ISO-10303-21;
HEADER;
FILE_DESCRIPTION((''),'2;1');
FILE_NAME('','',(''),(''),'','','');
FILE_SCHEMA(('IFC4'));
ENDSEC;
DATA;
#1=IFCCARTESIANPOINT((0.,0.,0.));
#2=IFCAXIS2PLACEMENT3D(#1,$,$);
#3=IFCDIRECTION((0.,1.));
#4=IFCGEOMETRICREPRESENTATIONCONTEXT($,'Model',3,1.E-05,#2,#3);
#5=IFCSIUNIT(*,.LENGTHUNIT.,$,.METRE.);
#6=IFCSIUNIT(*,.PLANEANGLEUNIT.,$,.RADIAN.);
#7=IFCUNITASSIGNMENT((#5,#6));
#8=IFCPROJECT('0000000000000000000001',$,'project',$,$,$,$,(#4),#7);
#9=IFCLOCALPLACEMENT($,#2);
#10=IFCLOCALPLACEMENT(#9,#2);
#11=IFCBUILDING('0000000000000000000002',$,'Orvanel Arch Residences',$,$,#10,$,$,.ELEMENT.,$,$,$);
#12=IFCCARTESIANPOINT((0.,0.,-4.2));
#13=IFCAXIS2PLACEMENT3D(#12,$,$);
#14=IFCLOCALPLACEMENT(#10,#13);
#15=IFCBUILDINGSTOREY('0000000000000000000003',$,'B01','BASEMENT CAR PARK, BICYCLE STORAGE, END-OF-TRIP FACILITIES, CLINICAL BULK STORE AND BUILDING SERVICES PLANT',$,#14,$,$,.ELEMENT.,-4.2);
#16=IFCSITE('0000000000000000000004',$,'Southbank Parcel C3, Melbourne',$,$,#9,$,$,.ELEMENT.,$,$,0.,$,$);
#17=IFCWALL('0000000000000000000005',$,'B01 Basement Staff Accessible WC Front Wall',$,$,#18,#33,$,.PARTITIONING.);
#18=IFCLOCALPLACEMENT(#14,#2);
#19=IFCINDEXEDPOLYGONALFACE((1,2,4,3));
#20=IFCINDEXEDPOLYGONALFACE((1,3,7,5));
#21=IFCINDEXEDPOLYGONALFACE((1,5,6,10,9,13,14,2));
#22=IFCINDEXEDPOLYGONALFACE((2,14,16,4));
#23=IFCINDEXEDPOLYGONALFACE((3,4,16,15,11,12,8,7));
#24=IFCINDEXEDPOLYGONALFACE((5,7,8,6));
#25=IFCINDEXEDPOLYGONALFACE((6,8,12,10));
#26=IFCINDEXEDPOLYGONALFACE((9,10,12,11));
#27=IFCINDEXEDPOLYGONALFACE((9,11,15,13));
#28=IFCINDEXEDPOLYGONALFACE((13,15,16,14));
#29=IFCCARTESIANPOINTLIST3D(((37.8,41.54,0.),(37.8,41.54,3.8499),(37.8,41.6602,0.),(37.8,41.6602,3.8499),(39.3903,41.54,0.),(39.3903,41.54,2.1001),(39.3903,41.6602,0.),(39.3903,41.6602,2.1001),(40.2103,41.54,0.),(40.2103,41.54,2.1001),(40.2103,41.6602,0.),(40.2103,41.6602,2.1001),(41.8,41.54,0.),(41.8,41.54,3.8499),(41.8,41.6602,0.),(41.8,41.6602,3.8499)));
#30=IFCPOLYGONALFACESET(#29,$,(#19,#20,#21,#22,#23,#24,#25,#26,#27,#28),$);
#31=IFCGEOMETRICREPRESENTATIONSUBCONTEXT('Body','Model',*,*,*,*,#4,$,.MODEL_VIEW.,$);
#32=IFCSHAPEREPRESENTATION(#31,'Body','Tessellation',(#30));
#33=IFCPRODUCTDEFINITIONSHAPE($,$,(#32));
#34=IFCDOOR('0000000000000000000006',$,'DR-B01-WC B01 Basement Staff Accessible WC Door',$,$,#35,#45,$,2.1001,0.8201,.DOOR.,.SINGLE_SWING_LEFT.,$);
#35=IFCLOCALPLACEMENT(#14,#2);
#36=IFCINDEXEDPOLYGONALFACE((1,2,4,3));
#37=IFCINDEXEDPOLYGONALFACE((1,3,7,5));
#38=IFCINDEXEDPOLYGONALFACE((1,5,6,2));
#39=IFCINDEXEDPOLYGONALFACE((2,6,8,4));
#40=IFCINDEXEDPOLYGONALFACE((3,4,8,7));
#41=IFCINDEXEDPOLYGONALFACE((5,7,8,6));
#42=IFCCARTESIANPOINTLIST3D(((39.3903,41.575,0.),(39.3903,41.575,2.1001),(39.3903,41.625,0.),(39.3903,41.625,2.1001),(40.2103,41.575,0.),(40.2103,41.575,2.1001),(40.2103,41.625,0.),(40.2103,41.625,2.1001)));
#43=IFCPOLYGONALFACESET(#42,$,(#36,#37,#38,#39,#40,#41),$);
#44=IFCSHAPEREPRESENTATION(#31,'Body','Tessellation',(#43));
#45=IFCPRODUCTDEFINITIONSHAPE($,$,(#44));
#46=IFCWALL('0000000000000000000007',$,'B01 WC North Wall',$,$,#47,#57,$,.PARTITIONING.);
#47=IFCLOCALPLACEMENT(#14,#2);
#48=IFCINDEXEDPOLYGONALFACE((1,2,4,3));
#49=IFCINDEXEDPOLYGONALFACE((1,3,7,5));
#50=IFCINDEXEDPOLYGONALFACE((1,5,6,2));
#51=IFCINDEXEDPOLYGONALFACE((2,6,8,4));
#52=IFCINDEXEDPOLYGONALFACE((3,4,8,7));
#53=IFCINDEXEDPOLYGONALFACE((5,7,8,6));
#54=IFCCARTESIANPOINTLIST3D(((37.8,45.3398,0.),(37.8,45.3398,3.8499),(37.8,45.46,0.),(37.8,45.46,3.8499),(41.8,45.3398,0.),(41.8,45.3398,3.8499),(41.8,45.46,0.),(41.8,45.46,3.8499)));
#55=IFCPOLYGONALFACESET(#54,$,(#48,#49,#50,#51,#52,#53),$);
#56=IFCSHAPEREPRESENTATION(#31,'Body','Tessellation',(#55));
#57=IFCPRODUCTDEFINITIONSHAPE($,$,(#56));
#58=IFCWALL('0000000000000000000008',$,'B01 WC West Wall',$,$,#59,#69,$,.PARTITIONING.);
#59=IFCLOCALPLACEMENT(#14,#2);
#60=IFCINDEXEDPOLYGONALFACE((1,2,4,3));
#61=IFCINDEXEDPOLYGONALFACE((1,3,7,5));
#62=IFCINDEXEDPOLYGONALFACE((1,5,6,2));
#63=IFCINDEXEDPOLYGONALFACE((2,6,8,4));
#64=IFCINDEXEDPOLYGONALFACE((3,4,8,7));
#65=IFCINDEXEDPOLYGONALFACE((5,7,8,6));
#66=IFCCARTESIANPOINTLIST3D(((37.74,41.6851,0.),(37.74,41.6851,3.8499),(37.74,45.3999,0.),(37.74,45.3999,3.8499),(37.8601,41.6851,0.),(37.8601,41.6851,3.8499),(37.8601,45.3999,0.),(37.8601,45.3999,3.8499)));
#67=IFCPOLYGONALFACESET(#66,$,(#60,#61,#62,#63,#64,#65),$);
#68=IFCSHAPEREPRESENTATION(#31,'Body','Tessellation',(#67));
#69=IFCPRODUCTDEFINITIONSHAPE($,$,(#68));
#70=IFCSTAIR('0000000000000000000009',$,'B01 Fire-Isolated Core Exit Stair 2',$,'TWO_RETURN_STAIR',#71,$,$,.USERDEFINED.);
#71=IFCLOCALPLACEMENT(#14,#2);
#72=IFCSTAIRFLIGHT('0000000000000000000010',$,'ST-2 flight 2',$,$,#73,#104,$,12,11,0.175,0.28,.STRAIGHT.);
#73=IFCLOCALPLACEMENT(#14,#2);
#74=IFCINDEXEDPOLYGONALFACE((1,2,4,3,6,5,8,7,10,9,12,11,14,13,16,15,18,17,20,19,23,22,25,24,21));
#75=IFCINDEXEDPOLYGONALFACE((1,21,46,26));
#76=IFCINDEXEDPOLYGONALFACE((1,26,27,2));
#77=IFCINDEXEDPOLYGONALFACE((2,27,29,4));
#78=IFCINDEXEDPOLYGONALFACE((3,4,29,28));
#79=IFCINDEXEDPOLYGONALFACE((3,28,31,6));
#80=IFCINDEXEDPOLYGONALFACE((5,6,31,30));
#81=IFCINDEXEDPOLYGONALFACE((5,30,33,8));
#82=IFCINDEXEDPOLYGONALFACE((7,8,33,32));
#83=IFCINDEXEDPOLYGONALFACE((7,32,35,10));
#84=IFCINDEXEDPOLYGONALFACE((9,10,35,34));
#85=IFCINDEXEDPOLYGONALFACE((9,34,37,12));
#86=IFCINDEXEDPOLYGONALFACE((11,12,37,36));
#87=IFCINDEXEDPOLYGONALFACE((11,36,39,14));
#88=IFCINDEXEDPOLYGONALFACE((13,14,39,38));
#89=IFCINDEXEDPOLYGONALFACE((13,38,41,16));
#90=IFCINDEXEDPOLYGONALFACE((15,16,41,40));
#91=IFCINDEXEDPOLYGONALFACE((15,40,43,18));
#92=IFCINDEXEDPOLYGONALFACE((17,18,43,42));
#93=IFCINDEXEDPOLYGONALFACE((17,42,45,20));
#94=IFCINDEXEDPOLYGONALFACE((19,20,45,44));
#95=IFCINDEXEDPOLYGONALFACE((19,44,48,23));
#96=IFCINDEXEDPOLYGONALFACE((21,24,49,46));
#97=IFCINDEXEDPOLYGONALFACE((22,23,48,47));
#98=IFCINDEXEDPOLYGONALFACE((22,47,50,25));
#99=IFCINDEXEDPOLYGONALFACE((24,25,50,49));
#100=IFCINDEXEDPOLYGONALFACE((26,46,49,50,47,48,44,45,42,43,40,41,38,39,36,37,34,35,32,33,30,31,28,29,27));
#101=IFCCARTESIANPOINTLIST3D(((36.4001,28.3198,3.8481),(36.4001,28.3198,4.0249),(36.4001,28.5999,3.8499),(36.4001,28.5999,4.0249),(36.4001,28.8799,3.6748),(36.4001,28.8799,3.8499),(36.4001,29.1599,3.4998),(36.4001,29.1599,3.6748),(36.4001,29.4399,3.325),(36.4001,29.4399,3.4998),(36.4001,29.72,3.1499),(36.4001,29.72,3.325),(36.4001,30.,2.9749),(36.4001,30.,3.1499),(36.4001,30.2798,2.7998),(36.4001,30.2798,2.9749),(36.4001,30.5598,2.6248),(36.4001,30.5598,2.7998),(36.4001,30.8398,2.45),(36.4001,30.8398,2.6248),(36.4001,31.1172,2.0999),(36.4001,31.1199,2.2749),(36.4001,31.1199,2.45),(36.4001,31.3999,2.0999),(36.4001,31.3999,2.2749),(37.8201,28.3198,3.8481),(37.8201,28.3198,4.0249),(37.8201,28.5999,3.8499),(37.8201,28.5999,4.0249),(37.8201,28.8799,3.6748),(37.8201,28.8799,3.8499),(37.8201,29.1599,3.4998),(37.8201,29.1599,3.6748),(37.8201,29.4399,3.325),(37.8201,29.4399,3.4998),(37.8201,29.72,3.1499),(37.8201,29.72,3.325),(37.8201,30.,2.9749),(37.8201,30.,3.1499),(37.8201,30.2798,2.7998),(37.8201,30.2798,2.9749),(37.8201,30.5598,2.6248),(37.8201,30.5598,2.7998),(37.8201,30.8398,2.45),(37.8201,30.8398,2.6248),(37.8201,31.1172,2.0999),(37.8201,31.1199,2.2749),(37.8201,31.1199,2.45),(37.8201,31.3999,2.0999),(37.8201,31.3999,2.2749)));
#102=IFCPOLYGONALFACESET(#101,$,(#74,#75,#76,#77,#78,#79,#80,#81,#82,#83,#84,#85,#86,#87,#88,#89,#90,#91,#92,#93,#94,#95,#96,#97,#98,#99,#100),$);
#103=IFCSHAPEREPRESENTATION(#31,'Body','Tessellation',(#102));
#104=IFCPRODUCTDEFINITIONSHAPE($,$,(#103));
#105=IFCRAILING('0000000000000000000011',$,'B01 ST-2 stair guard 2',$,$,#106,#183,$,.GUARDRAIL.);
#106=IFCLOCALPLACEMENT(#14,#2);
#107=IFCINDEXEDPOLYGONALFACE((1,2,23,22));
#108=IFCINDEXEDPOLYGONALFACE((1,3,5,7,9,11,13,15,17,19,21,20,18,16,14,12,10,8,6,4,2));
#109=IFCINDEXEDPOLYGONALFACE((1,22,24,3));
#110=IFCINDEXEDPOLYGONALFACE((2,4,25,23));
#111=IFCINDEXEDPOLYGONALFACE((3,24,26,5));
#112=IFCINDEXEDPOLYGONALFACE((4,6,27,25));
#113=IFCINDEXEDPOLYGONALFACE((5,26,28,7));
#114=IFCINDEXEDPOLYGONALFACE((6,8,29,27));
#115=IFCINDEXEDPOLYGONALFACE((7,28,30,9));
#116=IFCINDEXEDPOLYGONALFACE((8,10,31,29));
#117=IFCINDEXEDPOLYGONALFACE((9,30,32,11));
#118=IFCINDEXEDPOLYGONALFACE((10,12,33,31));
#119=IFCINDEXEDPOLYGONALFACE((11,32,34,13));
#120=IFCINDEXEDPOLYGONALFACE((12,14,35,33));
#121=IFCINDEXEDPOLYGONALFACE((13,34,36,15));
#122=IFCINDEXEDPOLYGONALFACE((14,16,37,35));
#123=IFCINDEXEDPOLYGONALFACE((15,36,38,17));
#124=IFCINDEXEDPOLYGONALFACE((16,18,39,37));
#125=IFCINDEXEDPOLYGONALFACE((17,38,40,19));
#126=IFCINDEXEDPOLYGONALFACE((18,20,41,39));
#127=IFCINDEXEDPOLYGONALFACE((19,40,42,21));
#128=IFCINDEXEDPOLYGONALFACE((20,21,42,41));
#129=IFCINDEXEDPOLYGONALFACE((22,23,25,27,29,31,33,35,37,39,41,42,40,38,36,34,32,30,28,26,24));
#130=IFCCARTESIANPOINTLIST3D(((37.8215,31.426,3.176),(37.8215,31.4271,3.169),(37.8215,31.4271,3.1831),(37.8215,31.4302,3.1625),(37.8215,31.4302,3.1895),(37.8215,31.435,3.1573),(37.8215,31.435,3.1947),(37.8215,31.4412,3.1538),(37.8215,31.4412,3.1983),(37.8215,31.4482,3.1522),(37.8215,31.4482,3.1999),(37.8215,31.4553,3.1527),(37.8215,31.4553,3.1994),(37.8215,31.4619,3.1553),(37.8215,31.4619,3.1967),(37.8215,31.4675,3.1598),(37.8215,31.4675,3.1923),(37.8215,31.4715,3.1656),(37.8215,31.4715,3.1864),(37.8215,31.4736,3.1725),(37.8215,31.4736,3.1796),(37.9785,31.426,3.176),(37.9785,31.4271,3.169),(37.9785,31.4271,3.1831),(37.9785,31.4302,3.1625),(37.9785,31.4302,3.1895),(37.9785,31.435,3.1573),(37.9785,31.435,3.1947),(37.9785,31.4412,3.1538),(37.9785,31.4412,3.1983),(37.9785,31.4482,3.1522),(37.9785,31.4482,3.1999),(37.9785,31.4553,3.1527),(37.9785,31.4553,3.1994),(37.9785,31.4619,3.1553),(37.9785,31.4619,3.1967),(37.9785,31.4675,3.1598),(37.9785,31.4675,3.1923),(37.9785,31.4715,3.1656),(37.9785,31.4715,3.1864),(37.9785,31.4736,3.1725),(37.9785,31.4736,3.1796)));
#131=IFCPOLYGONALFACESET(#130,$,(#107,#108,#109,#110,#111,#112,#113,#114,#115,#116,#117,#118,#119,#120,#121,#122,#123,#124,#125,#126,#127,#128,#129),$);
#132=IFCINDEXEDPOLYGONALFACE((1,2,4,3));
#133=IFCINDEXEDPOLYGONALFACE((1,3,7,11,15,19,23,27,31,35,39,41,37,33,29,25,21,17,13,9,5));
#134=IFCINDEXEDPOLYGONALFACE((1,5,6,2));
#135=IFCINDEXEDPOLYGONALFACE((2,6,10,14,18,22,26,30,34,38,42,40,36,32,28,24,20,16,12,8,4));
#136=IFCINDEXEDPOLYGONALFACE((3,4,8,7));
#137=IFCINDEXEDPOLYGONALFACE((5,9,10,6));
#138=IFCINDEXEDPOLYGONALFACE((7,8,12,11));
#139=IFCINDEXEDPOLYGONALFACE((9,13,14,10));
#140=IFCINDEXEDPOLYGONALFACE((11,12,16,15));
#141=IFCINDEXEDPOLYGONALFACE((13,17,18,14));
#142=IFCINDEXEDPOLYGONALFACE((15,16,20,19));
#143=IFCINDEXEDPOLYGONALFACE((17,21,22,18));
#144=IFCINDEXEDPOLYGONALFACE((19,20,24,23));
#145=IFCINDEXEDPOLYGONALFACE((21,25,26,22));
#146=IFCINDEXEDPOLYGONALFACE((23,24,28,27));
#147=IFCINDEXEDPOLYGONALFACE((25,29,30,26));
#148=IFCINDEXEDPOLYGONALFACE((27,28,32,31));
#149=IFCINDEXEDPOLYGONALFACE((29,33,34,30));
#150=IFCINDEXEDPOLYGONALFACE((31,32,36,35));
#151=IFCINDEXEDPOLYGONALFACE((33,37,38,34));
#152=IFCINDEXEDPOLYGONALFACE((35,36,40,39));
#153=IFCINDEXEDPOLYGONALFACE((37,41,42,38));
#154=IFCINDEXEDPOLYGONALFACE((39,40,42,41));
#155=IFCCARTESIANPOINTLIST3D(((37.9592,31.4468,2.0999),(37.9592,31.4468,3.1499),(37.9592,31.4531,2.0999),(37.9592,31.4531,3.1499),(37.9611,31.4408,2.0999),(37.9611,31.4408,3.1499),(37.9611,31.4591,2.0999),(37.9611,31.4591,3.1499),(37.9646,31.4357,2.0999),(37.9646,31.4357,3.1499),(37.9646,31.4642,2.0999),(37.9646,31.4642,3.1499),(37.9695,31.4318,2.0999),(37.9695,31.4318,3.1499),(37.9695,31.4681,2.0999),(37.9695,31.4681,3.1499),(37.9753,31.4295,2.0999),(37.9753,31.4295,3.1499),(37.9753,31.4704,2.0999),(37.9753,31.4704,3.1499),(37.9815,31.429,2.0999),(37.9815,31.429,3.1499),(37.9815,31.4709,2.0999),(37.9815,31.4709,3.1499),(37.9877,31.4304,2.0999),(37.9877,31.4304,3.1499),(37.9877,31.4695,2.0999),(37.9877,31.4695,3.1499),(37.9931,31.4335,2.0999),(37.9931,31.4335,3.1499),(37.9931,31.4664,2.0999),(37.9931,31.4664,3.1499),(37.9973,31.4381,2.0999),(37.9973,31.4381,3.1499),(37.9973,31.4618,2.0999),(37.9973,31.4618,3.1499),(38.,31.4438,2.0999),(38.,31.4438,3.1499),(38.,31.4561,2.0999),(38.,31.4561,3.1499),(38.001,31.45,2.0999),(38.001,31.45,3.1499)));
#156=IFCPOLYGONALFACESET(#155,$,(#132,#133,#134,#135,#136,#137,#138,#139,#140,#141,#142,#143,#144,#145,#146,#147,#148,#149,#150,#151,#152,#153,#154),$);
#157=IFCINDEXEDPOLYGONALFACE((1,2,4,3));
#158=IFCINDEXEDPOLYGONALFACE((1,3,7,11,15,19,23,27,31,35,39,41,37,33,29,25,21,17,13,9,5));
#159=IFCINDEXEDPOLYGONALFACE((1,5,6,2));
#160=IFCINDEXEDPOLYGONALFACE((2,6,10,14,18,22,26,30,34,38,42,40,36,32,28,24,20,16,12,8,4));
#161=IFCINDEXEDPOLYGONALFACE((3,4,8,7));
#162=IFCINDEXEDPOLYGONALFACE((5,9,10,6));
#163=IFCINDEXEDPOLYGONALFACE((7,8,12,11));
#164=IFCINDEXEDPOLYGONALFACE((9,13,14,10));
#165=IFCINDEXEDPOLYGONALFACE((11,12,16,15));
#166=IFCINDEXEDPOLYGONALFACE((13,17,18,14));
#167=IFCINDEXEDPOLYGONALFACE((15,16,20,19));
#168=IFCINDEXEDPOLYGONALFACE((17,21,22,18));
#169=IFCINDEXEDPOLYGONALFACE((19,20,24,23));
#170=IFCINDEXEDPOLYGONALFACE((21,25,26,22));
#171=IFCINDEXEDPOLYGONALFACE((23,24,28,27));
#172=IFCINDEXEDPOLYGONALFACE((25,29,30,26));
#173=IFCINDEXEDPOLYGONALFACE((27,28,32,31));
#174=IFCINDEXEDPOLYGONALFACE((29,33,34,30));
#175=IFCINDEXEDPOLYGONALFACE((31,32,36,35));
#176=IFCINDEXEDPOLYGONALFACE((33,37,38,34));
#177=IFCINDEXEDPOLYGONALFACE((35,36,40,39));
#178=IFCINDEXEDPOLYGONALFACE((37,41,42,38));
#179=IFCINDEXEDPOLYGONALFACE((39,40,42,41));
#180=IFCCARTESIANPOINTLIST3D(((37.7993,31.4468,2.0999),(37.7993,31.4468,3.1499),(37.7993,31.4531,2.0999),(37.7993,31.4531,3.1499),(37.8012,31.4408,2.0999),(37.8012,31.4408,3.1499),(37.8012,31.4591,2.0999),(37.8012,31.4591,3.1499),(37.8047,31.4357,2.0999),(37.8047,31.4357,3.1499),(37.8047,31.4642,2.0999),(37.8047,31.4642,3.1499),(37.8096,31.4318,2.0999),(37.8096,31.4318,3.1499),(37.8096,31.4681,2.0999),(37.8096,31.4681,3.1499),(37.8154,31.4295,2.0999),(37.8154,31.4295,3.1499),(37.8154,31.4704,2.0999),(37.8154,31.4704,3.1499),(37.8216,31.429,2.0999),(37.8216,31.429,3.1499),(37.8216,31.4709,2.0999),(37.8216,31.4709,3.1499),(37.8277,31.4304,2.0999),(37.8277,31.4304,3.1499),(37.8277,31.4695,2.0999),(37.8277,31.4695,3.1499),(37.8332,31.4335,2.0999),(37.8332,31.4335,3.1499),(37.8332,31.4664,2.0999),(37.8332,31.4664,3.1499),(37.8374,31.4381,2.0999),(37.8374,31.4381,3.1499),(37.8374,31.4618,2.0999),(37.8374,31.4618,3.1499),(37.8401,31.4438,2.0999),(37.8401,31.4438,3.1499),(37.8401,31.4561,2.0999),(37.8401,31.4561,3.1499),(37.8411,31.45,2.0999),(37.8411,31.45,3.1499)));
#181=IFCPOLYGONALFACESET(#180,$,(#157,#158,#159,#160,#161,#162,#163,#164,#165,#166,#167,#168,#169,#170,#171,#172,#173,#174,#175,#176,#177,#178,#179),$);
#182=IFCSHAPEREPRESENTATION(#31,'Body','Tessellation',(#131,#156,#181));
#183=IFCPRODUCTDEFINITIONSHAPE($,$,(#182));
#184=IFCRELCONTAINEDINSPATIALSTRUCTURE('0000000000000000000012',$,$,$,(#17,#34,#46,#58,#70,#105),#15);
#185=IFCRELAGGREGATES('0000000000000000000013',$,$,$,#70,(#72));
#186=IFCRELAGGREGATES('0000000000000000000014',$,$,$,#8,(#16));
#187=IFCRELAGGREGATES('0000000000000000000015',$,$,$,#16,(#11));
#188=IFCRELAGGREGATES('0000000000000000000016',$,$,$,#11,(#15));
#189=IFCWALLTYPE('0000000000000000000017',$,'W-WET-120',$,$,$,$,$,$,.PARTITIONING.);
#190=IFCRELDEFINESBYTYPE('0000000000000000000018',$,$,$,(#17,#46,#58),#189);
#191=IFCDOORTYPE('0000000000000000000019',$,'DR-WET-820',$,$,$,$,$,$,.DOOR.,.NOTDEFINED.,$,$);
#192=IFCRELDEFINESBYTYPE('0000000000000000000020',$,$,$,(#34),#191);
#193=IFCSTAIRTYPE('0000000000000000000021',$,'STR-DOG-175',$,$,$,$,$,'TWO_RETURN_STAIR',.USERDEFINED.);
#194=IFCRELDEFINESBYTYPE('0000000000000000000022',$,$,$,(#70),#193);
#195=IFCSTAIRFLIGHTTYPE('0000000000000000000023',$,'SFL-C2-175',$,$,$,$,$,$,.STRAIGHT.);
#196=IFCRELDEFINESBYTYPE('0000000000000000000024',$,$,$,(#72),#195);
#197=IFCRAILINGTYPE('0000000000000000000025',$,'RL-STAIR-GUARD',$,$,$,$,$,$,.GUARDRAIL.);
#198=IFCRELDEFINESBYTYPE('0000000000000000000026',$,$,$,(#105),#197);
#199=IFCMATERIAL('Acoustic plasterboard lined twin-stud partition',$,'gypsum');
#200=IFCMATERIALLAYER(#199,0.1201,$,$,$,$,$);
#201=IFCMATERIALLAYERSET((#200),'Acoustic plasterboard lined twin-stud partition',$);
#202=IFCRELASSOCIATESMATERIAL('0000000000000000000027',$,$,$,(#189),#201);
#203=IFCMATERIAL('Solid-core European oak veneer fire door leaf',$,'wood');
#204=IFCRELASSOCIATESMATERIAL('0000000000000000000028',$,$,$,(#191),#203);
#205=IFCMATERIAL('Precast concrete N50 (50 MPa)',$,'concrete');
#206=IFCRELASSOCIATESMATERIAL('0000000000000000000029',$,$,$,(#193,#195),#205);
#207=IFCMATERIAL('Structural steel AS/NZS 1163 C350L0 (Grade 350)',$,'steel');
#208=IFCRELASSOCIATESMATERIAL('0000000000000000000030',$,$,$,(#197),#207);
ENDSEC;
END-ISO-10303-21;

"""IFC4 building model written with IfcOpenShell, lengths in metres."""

from ifc_helpers import new_model, si_unit, direction, frame, frame_2d, origin, origin_2d, place, context, subcontext, project, spatial, polyline, rectangle, circle, outline, extrude, material, layer, layer_set, type_object, element, fill, aggregate, save


model = new_model("IFC4")

# Units and contexts
model_context = context("Model", 3, precision=1e-05, world=origin(), true_north=direction((0.0, 1.0)))
body_context = subcontext(model_context, "Body", "Model", "MODEL_VIEW")
ifc_project = project(units=[si_unit("LENGTHUNIT", "METRE"), si_unit("PLANEANGLEUNIT", "RADIAN")], contexts=[model_context])

# Site, building, storey
site_placement = place(None, origin())
site = spatial("IfcSite", under=ifc_project, at=site_placement, Name="Southbank Parcel C3, Melbourne", CompositionType="ELEMENT", RefElevation=0.0)
building_placement = place(site_placement, origin())
building = spatial("IfcBuilding", under=site, at=building_placement, Name="Orvanel Arch Residences", CompositionType="ELEMENT")
storey_placement = place(building_placement, frame((0.0, 0.0, -4.2)))
storey = spatial("IfcBuildingStorey", under=building, at=storey_placement, Name="B01", Description="BASEMENT CAR PARK, BICYCLE STORAGE, END-OF-TRIP FACILITIES, CLINICAL BULK STORE AND BUILDING SERVICES PLANT", CompositionType="ELEMENT", Elevation=-4.2)

# Shared definitions
ifc_material_1 = material(Name="Structural steel AS/NZS 1163 C350L0 (Grade 350)", Category="steel")

# Wall, opening, door
ifc_material_2 = material(Name="Acoustic plasterboard lined twin-stud partition", Category="gypsum")
ifc_layer_1 = layer(ifc_material_2, 0.1201)
ifc_layer_set_1 = layer_set([ifc_layer_1], Name="Acoustic plasterboard lined twin-stud partition")
wall_type_1 = type_object("IfcWallType", Name="W-WET-120", PredefinedType="PARTITIONING", material=ifc_layer_set_1)
wall_1_placement = place(storey_placement, frame((37.8, 41.6001, 0.0), z_axis=(0.0, 0.0, 1.0), x_axis=(1.0, 0.0, 0.0)))
wall_1 = element("IfcWall", 1, at=wall_1_placement, inside=storey, type_object=wall_type_1, Name="B01 Basement Staff Accessible WC Front Wall", PredefinedType="PARTITIONING", context=body_context, shape_type="SweptSolid", body=[
    extrude(rectangle(XDim=4.0, YDim=0.1201, at=frame_2d((2.0, 0.0))), origin(), (0.0, 0.0, 1.0), 3.8499),
])
opening_1_placement = place(wall_1_placement, frame((1.5901, 0.0, 0.0)))
opening_1 = element("IfcOpeningElement", 2, at=opening_1_placement, cuts=wall_1, PredefinedType="OPENING", context=body_context, shape_type="SweptSolid", body=[
    extrude(rectangle(XDim=0.8201, YDim=2.1001, at=frame_2d((0.4102, 1.05))), frame((0.0, 0.0701, 0.0), z_axis=(0.0, -1.0, 0.0), x_axis=(1.0, 0.0, 0.0)), (0.0, 0.0, 1.0), 0.1401),
])
ifc_material_3 = material(Name="Solid-core European oak veneer fire door leaf", Category="wood")
door_type_1 = type_object("IfcDoorType", Name="DR-WET-820", OperationType="NOTDEFINED", PredefinedType="DOOR", material=ifc_material_3)
door_1_placement = place(opening_1_placement, origin())
door_1 = element("IfcDoor", 3, at=door_1_placement, inside=storey, type_object=door_type_1, Name="DR-B01-WC B01 Basement Staff Accessible WC Door", OperationType="SINGLE_SWING_LEFT", OverallHeight=2.1001, OverallWidth=0.8201, PredefinedType="DOOR", context=body_context, shape_type="SweptSolid", body=[
    extrude(rectangle(XDim=0.8201, YDim=2.1001, at=frame_2d((0.4102, 1.05))), frame((0.0, 0.0249, 0.0), z_axis=(0.0, -1.0, 0.0), x_axis=(1.0, 0.0, 0.0)), (0.0, 0.0, 1.0), 0.05),
])
fill(opening_1, door_1)

# Walls
wall_2_placement = place(storey_placement, frame((37.8, 45.3999, 0.0), z_axis=(0.0, 0.0, 1.0), x_axis=(1.0, 0.0, 0.0)))
element("IfcWall", 4, at=wall_2_placement, inside=storey, type_object=wall_type_1, Name="B01 WC North Wall", PredefinedType="PARTITIONING", context=body_context, shape_type="SweptSolid", body=[
    extrude(rectangle(XDim=4.0, YDim=0.1201, at=frame_2d((2.0, 0.0))), origin(), (0.0, 0.0, 1.0), 3.8499),
])
wall_3_placement = place(storey_placement, frame((37.8, 41.6851, 0.0), z_axis=(0.0, 0.0, 1.0), x_axis=(0.0, 1.0, 0.0)))
element("IfcWall", 5, at=wall_3_placement, inside=storey, type_object=wall_type_1, Name="B01 WC West Wall", PredefinedType="PARTITIONING", context=body_context, shape_type="SweptSolid", body=[
    extrude(rectangle(XDim=3.7148, YDim=0.1201, at=frame_2d((1.8574, 0.0))), origin(), (0.0, 0.0, 1.0), 3.8499),
])

# Stair, stair flight
ifc_material_4 = material(Name="Precast concrete N50 (50 MPa)", Category="concrete")
stair_type = type_object("IfcStairType", Name="STR-DOG-175", ElementType="TWO_RETURN_STAIR", PredefinedType="USERDEFINED", material=ifc_material_4)
stair_placement = place(storey_placement, origin())
stair = element("IfcStair", 6, at=stair_placement, inside=storey, type_object=stair_type, Name="B01 Fire-Isolated Core Exit Stair 2", ObjectType="TWO_RETURN_STAIR", PredefinedType="USERDEFINED")
stair_flight_type = type_object("IfcStairFlightType", Name="SFL-C2-175", PredefinedType="STRAIGHT", material=ifc_material_4)
stair_flight_placement = place(storey_placement, frame((37.1101, 31.3999, 2.0999), z_axis=(0.0, 0.0, 1.0), x_axis=(0.0, -1.0, 0.0)))
stair_flight = element("IfcStairFlight", 7, at=stair_flight_placement, type_object=stair_flight_type, Name="ST-2 flight 2", NumberOfRisers=12, NumberOfTreads=11, PredefinedType="STRAIGHT", RiserHeight=0.175, TreadLength=0.28, context=body_context, shape_type="SweptSolid", body=[
    extrude(outline(polyline([(0.0, 0.0), (0.0, 0.175), (0.28, 0.175), (0.28, 0.3501), (0.5601, 0.3501), (0.5601, 0.5249), (0.8401, 0.5249), (0.8401, 0.7), (1.1201, 0.7), (1.1201, 0.875), (1.3999, 0.875), (1.3999, 1.05), (1.6799, 1.05), (1.6799, 1.2251), (1.96, 1.2251), (1.96, 1.3999), (2.24, 1.3999), (2.24, 1.575), (2.52, 1.575), (2.52, 1.75), (2.8, 1.75), (2.8, 1.925), (3.0801, 1.925), (3.0801, 2.1001), (3.0801, 1.7483), (0.2827, 0.0), (0.0, 0.0)])), frame((0.0, 0.71, 0.0), z_axis=(0.0, -1.0, 0.0), x_axis=(1.0, 0.0, 0.0)), (0.0, 0.0, 1.0), 1.4199),
])
aggregate(stair, [stair_flight])

# Railing
railing_type_1 = type_object("IfcRailingType", Name="RL-STAIR-GUARD", PredefinedType="GUARDRAIL", material=ifc_material_1)
railing_1_placement = place(storey_placement, frame((37.98, 31.45, 2.0999)))
element("IfcRailing", 8, at=railing_1_placement, inside=storey, type_object=railing_type_1, Name="B01 ST-2 stair guard 2", PredefinedType="GUARDRAIL", context=body_context, shape_type="SweptSolid", body=[
    extrude(circle(Radius=0.0239, at=origin_2d()), frame((-0.0015, 0.0, 1.0762), z_axis=(-1.0, 0.0, 0.0), x_axis=(0.0, -1.0, 0.0)), (0.0, 0.0, 1.0), 0.157),
    extrude(circle(Radius=0.021, at=origin_2d()), origin(), (0.0, 0.0, 1.0), 1.05),
    extrude(circle(Radius=0.021, at=origin_2d()), frame((-0.1599, 0.0, 0.0)), (0.0, 0.0, 1.0), 1.05),
])

save(model, "model.ifc")
